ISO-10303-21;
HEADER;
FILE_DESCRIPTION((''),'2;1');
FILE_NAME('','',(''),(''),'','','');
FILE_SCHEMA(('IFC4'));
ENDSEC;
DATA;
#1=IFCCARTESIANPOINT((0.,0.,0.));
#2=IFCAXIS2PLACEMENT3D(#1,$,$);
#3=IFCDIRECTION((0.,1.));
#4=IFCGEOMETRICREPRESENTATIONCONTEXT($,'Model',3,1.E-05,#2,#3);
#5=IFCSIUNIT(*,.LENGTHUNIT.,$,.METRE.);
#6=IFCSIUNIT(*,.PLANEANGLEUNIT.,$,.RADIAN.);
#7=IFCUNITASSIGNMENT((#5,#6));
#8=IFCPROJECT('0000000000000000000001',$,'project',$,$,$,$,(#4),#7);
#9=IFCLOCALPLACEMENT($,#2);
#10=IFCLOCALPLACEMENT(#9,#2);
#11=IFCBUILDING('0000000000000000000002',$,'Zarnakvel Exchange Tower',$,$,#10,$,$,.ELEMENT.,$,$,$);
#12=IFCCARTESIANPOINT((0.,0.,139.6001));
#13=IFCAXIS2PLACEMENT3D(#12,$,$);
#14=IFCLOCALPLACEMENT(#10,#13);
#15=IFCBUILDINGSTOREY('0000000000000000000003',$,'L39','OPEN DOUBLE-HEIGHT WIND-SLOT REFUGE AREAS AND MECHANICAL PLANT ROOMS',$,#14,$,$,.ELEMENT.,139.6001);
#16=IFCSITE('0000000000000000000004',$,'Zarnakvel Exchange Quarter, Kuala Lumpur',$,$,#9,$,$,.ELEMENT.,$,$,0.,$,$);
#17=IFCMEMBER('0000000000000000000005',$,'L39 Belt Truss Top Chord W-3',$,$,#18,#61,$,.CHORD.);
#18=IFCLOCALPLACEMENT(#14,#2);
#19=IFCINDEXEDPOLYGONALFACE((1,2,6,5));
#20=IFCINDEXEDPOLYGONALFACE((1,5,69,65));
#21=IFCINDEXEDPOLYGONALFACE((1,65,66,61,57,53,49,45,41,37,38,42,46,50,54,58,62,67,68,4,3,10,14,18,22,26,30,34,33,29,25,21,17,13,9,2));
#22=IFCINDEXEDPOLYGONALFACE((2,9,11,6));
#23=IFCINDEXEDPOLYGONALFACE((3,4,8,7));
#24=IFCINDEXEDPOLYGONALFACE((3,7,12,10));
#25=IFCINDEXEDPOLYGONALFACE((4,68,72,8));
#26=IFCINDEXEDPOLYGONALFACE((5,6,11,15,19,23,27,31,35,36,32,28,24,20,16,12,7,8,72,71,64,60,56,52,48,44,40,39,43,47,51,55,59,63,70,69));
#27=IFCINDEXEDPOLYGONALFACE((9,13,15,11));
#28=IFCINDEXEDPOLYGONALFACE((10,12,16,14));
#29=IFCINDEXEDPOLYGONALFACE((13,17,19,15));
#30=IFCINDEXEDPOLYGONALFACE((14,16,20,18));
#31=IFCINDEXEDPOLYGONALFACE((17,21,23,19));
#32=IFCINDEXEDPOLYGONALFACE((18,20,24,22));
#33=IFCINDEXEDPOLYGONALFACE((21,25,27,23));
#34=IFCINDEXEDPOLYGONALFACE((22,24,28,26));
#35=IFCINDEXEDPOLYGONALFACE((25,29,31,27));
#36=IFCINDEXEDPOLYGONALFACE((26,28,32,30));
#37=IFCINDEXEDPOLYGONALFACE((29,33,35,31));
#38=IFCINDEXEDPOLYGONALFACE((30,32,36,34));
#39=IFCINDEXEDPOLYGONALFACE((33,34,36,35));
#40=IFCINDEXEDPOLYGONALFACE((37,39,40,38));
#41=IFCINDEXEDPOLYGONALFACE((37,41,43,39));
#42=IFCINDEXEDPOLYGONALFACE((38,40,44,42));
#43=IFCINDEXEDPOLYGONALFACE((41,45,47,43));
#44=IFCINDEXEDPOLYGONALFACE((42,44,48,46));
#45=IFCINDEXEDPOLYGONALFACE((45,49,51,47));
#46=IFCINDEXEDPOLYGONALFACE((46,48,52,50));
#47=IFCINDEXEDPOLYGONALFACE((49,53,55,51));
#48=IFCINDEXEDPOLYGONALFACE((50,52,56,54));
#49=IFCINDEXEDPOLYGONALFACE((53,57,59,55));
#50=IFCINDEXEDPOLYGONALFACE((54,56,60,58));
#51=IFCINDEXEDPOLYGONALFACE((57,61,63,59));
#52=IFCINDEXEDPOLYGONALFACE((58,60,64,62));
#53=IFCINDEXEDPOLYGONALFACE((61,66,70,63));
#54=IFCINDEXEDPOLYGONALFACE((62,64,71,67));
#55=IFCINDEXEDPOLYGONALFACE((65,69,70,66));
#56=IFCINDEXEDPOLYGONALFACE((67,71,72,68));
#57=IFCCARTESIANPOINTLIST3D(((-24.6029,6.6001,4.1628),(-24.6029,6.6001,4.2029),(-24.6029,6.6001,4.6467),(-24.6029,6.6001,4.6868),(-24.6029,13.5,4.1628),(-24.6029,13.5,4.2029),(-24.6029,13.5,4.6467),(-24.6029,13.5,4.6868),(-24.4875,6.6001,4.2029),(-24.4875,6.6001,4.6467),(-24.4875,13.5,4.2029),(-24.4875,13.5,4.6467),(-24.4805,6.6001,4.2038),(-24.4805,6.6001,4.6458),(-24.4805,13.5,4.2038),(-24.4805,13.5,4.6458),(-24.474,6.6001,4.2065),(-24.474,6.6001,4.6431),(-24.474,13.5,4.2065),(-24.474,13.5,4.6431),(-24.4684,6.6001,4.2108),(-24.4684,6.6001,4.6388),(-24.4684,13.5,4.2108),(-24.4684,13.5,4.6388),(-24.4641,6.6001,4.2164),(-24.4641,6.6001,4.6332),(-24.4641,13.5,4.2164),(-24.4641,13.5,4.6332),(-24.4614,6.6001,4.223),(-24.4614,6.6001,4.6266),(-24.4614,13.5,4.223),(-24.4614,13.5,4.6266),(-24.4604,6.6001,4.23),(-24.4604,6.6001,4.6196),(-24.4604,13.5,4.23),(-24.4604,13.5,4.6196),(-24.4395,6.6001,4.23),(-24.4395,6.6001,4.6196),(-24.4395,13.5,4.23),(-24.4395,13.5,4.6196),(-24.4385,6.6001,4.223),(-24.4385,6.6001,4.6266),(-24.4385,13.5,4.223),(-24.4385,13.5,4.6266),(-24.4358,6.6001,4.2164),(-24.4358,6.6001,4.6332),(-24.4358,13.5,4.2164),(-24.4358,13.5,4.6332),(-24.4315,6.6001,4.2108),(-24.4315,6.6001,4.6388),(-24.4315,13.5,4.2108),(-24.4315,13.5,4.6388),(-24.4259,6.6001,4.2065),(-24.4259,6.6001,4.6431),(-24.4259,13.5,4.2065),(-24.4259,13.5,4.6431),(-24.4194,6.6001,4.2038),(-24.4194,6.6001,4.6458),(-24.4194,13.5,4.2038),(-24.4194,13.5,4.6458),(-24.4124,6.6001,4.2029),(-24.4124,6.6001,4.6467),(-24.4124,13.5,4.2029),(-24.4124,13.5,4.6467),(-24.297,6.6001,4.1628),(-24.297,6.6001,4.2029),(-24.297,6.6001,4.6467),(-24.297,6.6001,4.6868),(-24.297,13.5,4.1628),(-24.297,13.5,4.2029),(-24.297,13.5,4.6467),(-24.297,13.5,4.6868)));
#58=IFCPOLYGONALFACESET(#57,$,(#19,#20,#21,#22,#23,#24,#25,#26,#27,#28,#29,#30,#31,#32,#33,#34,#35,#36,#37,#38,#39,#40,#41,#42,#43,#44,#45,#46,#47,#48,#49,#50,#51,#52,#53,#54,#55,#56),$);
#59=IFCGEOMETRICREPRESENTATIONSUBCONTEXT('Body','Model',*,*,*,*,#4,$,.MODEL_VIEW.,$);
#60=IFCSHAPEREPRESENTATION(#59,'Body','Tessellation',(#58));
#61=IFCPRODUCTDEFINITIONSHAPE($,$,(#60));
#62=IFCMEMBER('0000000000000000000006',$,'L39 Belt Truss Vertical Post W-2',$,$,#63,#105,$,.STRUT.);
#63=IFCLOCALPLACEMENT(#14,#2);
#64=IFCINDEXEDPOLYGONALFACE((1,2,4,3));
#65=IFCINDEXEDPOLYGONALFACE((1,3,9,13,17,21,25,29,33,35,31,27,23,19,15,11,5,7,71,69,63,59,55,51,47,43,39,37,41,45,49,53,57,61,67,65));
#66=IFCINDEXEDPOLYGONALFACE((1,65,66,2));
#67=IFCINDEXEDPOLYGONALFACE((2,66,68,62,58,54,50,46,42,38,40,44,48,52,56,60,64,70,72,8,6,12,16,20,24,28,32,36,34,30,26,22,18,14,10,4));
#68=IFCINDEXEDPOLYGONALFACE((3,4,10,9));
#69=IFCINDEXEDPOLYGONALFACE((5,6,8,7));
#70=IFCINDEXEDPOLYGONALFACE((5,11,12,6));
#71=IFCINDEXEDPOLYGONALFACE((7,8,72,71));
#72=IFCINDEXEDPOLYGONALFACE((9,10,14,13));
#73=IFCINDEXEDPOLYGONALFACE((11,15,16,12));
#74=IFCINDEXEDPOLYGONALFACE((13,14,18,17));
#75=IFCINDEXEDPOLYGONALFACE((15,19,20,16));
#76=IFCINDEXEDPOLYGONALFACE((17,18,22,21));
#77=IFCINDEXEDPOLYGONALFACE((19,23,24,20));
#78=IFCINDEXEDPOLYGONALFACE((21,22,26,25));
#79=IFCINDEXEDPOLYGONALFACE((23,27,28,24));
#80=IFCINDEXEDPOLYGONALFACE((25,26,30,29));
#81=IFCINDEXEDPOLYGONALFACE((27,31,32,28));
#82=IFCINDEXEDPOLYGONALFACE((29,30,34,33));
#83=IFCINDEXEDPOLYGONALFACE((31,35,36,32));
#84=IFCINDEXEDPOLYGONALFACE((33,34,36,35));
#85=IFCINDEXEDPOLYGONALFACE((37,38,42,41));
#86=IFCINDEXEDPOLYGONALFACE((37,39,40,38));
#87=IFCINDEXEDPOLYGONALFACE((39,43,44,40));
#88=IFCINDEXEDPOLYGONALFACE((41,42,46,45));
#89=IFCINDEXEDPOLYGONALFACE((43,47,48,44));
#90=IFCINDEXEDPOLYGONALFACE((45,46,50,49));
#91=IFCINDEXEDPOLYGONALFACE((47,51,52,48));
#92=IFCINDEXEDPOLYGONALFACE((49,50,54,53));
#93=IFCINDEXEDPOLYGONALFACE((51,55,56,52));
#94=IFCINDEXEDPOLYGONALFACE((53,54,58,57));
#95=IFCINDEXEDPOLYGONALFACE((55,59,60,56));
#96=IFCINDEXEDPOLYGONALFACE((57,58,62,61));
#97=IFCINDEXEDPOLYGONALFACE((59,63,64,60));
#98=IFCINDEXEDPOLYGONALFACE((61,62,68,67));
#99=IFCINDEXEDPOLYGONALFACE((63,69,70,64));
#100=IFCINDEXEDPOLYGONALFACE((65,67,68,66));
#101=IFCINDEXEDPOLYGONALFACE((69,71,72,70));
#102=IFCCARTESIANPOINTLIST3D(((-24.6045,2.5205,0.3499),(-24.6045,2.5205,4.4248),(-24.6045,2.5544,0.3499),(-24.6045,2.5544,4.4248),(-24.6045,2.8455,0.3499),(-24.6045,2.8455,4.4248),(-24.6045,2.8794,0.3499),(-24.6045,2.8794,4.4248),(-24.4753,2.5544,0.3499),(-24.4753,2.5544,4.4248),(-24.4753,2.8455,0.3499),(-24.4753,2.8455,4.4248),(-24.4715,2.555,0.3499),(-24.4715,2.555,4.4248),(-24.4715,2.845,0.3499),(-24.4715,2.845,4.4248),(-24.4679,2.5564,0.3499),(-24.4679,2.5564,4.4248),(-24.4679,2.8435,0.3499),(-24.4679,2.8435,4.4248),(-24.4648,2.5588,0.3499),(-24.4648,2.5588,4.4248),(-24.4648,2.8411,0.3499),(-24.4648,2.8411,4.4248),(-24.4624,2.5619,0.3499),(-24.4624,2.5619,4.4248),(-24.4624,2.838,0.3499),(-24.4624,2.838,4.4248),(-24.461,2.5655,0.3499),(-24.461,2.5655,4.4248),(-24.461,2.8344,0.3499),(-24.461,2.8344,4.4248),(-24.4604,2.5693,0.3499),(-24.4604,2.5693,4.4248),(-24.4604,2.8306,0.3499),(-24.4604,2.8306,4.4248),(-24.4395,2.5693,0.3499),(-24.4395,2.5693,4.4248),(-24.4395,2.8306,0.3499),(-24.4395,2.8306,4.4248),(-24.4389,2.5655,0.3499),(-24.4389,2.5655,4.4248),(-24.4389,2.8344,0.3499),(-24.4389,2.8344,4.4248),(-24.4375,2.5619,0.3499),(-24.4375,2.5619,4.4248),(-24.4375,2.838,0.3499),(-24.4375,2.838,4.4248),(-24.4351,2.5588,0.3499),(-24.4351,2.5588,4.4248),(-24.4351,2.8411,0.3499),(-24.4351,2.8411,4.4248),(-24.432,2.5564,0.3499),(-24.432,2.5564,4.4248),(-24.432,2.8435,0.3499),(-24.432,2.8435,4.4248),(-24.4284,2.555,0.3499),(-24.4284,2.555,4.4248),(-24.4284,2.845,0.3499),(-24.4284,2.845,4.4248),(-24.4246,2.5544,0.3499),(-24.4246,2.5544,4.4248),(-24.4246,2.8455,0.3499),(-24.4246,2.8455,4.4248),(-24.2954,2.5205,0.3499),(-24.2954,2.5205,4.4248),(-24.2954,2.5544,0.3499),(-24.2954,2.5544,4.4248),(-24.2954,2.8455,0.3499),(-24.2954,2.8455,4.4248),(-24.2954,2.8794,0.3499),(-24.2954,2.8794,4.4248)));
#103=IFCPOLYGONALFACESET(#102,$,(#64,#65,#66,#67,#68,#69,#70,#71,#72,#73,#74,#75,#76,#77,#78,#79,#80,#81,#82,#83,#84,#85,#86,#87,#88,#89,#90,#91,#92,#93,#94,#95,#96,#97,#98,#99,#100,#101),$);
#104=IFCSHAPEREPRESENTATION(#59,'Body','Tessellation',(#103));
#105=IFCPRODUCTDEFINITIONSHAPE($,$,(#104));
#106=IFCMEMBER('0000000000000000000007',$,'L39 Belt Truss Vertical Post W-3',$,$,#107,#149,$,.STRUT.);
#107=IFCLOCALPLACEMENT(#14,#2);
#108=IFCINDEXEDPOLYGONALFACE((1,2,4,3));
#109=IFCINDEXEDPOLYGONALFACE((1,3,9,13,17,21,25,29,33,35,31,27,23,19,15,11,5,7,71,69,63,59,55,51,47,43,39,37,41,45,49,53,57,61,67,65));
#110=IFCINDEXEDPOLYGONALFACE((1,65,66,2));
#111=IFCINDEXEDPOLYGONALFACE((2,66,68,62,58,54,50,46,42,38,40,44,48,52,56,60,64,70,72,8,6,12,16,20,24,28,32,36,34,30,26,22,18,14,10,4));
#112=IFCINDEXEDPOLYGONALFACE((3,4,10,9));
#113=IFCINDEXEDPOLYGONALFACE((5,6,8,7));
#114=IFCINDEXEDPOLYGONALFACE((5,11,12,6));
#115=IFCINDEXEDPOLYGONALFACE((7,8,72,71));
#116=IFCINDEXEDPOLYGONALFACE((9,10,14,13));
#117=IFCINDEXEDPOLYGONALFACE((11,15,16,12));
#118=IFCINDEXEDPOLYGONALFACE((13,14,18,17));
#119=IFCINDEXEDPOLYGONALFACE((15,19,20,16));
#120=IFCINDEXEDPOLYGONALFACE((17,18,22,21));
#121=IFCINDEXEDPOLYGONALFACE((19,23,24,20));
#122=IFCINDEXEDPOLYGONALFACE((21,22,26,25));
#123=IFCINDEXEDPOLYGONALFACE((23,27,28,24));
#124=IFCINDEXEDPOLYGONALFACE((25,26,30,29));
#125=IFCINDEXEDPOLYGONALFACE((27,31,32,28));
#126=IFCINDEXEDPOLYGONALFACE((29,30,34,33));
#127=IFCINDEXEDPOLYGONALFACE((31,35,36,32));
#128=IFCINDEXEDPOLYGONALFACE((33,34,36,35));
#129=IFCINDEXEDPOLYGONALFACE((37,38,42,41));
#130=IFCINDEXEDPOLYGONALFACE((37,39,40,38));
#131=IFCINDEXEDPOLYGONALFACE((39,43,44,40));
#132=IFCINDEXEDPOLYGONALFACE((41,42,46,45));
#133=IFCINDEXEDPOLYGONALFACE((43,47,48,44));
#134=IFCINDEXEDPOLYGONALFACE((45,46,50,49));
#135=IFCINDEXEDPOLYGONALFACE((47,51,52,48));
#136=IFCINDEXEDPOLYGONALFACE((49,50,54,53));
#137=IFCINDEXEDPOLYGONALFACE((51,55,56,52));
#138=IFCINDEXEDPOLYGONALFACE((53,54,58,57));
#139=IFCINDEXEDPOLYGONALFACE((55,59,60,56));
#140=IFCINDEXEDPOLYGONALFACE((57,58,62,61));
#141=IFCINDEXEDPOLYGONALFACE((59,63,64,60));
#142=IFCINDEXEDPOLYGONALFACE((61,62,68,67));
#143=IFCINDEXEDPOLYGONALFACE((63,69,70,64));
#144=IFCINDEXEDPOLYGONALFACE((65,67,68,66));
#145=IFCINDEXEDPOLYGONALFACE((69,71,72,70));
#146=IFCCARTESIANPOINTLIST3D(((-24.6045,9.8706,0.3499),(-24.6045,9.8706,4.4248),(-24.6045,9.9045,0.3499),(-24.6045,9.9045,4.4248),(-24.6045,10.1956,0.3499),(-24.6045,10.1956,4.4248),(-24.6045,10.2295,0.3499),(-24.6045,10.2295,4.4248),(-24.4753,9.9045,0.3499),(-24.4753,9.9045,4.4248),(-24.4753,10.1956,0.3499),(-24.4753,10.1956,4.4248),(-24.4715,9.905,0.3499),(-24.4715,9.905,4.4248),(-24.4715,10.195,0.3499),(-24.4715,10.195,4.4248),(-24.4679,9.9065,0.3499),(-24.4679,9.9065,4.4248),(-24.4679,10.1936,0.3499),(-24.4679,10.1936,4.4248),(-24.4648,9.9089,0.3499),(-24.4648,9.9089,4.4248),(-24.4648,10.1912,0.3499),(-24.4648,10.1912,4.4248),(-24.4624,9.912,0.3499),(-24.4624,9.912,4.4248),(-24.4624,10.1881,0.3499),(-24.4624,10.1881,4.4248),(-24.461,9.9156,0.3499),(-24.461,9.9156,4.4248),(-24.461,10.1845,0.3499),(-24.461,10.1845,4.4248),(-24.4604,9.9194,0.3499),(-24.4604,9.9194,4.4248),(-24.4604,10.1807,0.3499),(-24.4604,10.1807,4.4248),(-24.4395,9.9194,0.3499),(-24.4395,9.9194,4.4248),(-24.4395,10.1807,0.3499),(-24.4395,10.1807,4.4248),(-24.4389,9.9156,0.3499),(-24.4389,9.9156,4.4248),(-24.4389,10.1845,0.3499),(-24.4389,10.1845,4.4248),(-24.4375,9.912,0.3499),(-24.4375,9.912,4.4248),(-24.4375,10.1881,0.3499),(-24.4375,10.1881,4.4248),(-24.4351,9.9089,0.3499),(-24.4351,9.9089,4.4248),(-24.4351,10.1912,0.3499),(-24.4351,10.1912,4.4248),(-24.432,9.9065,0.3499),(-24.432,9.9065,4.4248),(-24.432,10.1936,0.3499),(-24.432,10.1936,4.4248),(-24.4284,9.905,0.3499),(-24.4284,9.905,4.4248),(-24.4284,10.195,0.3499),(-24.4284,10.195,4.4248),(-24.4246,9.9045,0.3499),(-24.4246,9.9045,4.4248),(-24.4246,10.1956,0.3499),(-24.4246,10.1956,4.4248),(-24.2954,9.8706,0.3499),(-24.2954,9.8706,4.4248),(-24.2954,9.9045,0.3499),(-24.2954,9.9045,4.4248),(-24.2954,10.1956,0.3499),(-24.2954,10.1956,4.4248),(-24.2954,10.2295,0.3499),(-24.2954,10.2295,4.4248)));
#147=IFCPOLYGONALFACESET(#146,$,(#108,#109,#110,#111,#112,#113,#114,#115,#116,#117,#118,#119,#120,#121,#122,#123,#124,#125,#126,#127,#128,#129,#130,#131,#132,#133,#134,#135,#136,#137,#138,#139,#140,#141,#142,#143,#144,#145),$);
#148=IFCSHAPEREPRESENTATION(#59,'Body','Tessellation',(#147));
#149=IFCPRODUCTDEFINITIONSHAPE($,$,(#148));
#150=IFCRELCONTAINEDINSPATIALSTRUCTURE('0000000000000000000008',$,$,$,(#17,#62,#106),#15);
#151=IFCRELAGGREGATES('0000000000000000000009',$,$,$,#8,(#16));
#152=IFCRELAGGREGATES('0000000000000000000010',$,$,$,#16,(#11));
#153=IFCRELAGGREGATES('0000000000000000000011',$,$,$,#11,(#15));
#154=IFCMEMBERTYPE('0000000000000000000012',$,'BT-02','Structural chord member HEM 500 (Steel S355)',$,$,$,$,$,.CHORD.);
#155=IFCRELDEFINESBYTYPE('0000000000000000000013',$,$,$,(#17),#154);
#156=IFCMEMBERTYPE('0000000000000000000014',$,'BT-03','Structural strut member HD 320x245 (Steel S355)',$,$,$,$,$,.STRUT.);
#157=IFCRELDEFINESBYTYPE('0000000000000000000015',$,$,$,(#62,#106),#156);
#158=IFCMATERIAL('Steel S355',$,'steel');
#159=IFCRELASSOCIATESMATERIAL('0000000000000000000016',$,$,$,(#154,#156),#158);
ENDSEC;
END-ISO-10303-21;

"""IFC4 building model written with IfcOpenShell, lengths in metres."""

from ifc_helpers import new_model, si_unit, direction, frame, origin, origin_2d, place, context, subcontext, project, spatial, i_section, extrude, source, transform, mapped, material, material_profile, profile_set, type_object, element, save


model = new_model("IFC4")

# Units and contexts
model_context = context("Model", 3, precision=1e-05, world=origin(), true_north=direction((0.0, 1.0)))
body_context = subcontext(model_context, "Body", "Model", "MODEL_VIEW")
ifc_project = project(units=[si_unit("LENGTHUNIT", "METRE"), si_unit("PLANEANGLEUNIT", "RADIAN")], contexts=[model_context])

# Site, building, storey
site_placement = place(None, origin())
site = spatial("IfcSite", under=ifc_project, at=site_placement, Name="Zarnakvel Exchange Quarter, Kuala Lumpur", CompositionType="ELEMENT", RefElevation=0.0)
building_placement = place(site_placement, origin())
building = spatial("IfcBuilding", under=site, at=building_placement, Name="Zarnakvel Exchange Tower", CompositionType="ELEMENT")
storey_placement = place(building_placement, frame((0.0, 0.0, 139.6001)))
storey = spatial("IfcBuildingStorey", under=building, at=storey_placement, Name="L39", Description="OPEN DOUBLE-HEIGHT WIND-SLOT REFUGE AREAS AND MECHANICAL PLANT ROOMS", CompositionType="ELEMENT", Elevation=139.6001)

# Shared definitions
ifc_material_1 = material(Name="Steel S355", Category="steel")

# Members
ifc_material_profile_1 = material_profile(ifc_material_1, i_section(OverallWidth=0.3059, OverallDepth=0.5239, WebThickness=0.021, FlangeThickness=0.04, FilletRadius=0.0271, at=origin_2d()))
ifc_profile_set_1 = profile_set([ifc_material_profile_1], Name="Steel S355")
member_type_1 = type_object("IfcMemberType", Name="BT-02", Description="Structural chord member HEM 500 (Steel S355)", PredefinedType="CHORD", material=ifc_profile_set_1)
shared_shape_1 = source(origin(), body_context, "Body", "SweptSolid", [
    extrude(i_section(OverallWidth=0.3059, OverallDepth=0.5239, WebThickness=0.021, FlangeThickness=0.04, FilletRadius=0.0271, at=origin_2d()), origin(), (0.0, 0.0, 1.0), 6.8999),
])
for number, where, z_axis, x_axis, name in (
    (1, (-24.45, 6.6001, 4.4248), (0.0, 1.0, 0.0), (-1.0, 0.0, 0.0), "L39 Belt Truss Top Chord W-3"),
):
    element("IfcMember", number, at=place(storey_placement, frame(where, z_axis=z_axis, x_axis=x_axis)), inside=storey, type_object=member_type_1, Name=name, PredefinedType="CHORD", context=body_context, shape_type="MappedRepresentation", body=[
        mapped(shared_shape_1, transform((0.0, 0.0, 0.0), x_axis=(1.0, 0.0, 0.0), y_axis=(0.0, 1.0, 0.0), z_axis=(0.0, 0.0, 1.0), scale=1.0)),
    ])
ifc_material_profile_2 = material_profile(ifc_material_1, i_section(OverallWidth=0.3091, OverallDepth=0.3589, WebThickness=0.021, FlangeThickness=0.0339, FilletRadius=0.0149, at=origin_2d()))
ifc_profile_set_2 = profile_set([ifc_material_profile_2], Name="Steel S355")
member_type_2 = type_object("IfcMemberType", Name="BT-03", Description="Structural strut member HD 320x245 (Steel S355)", PredefinedType="STRUT", material=ifc_profile_set_2)
shared_shape_2 = source(origin(), body_context, "Body", "SweptSolid", [
    extrude(i_section(OverallWidth=0.3091, OverallDepth=0.3589, WebThickness=0.021, FlangeThickness=0.0339, FilletRadius=0.0149, at=origin_2d()), origin(), (0.0, 0.0, 1.0), 4.075),
])
for number, where, z_axis, x_axis, name in (
    (2, (-24.45, 2.7, 0.3499), (0.0, 0.0, 1.0), (1.0, 0.0, 0.0), "L39 Belt Truss Vertical Post W-2"),
    (3, (-24.45, 10.05, 0.3499), (0.0, 0.0, 1.0), (1.0, 0.0, 0.0), "L39 Belt Truss Vertical Post W-3"),
):
    element("IfcMember", number, at=place(storey_placement, frame(where, z_axis=z_axis, x_axis=x_axis)), inside=storey, type_object=member_type_2, Name=name, PredefinedType="STRUT", context=body_context, shape_type="MappedRepresentation", body=[
        mapped(shared_shape_2, transform((0.0, 0.0, 0.0), x_axis=(1.0, 0.0, 0.0), y_axis=(0.0, 1.0, 0.0), z_axis=(0.0, 0.0, 1.0), scale=1.0)),
    ])

save(model, "model.ifc")
